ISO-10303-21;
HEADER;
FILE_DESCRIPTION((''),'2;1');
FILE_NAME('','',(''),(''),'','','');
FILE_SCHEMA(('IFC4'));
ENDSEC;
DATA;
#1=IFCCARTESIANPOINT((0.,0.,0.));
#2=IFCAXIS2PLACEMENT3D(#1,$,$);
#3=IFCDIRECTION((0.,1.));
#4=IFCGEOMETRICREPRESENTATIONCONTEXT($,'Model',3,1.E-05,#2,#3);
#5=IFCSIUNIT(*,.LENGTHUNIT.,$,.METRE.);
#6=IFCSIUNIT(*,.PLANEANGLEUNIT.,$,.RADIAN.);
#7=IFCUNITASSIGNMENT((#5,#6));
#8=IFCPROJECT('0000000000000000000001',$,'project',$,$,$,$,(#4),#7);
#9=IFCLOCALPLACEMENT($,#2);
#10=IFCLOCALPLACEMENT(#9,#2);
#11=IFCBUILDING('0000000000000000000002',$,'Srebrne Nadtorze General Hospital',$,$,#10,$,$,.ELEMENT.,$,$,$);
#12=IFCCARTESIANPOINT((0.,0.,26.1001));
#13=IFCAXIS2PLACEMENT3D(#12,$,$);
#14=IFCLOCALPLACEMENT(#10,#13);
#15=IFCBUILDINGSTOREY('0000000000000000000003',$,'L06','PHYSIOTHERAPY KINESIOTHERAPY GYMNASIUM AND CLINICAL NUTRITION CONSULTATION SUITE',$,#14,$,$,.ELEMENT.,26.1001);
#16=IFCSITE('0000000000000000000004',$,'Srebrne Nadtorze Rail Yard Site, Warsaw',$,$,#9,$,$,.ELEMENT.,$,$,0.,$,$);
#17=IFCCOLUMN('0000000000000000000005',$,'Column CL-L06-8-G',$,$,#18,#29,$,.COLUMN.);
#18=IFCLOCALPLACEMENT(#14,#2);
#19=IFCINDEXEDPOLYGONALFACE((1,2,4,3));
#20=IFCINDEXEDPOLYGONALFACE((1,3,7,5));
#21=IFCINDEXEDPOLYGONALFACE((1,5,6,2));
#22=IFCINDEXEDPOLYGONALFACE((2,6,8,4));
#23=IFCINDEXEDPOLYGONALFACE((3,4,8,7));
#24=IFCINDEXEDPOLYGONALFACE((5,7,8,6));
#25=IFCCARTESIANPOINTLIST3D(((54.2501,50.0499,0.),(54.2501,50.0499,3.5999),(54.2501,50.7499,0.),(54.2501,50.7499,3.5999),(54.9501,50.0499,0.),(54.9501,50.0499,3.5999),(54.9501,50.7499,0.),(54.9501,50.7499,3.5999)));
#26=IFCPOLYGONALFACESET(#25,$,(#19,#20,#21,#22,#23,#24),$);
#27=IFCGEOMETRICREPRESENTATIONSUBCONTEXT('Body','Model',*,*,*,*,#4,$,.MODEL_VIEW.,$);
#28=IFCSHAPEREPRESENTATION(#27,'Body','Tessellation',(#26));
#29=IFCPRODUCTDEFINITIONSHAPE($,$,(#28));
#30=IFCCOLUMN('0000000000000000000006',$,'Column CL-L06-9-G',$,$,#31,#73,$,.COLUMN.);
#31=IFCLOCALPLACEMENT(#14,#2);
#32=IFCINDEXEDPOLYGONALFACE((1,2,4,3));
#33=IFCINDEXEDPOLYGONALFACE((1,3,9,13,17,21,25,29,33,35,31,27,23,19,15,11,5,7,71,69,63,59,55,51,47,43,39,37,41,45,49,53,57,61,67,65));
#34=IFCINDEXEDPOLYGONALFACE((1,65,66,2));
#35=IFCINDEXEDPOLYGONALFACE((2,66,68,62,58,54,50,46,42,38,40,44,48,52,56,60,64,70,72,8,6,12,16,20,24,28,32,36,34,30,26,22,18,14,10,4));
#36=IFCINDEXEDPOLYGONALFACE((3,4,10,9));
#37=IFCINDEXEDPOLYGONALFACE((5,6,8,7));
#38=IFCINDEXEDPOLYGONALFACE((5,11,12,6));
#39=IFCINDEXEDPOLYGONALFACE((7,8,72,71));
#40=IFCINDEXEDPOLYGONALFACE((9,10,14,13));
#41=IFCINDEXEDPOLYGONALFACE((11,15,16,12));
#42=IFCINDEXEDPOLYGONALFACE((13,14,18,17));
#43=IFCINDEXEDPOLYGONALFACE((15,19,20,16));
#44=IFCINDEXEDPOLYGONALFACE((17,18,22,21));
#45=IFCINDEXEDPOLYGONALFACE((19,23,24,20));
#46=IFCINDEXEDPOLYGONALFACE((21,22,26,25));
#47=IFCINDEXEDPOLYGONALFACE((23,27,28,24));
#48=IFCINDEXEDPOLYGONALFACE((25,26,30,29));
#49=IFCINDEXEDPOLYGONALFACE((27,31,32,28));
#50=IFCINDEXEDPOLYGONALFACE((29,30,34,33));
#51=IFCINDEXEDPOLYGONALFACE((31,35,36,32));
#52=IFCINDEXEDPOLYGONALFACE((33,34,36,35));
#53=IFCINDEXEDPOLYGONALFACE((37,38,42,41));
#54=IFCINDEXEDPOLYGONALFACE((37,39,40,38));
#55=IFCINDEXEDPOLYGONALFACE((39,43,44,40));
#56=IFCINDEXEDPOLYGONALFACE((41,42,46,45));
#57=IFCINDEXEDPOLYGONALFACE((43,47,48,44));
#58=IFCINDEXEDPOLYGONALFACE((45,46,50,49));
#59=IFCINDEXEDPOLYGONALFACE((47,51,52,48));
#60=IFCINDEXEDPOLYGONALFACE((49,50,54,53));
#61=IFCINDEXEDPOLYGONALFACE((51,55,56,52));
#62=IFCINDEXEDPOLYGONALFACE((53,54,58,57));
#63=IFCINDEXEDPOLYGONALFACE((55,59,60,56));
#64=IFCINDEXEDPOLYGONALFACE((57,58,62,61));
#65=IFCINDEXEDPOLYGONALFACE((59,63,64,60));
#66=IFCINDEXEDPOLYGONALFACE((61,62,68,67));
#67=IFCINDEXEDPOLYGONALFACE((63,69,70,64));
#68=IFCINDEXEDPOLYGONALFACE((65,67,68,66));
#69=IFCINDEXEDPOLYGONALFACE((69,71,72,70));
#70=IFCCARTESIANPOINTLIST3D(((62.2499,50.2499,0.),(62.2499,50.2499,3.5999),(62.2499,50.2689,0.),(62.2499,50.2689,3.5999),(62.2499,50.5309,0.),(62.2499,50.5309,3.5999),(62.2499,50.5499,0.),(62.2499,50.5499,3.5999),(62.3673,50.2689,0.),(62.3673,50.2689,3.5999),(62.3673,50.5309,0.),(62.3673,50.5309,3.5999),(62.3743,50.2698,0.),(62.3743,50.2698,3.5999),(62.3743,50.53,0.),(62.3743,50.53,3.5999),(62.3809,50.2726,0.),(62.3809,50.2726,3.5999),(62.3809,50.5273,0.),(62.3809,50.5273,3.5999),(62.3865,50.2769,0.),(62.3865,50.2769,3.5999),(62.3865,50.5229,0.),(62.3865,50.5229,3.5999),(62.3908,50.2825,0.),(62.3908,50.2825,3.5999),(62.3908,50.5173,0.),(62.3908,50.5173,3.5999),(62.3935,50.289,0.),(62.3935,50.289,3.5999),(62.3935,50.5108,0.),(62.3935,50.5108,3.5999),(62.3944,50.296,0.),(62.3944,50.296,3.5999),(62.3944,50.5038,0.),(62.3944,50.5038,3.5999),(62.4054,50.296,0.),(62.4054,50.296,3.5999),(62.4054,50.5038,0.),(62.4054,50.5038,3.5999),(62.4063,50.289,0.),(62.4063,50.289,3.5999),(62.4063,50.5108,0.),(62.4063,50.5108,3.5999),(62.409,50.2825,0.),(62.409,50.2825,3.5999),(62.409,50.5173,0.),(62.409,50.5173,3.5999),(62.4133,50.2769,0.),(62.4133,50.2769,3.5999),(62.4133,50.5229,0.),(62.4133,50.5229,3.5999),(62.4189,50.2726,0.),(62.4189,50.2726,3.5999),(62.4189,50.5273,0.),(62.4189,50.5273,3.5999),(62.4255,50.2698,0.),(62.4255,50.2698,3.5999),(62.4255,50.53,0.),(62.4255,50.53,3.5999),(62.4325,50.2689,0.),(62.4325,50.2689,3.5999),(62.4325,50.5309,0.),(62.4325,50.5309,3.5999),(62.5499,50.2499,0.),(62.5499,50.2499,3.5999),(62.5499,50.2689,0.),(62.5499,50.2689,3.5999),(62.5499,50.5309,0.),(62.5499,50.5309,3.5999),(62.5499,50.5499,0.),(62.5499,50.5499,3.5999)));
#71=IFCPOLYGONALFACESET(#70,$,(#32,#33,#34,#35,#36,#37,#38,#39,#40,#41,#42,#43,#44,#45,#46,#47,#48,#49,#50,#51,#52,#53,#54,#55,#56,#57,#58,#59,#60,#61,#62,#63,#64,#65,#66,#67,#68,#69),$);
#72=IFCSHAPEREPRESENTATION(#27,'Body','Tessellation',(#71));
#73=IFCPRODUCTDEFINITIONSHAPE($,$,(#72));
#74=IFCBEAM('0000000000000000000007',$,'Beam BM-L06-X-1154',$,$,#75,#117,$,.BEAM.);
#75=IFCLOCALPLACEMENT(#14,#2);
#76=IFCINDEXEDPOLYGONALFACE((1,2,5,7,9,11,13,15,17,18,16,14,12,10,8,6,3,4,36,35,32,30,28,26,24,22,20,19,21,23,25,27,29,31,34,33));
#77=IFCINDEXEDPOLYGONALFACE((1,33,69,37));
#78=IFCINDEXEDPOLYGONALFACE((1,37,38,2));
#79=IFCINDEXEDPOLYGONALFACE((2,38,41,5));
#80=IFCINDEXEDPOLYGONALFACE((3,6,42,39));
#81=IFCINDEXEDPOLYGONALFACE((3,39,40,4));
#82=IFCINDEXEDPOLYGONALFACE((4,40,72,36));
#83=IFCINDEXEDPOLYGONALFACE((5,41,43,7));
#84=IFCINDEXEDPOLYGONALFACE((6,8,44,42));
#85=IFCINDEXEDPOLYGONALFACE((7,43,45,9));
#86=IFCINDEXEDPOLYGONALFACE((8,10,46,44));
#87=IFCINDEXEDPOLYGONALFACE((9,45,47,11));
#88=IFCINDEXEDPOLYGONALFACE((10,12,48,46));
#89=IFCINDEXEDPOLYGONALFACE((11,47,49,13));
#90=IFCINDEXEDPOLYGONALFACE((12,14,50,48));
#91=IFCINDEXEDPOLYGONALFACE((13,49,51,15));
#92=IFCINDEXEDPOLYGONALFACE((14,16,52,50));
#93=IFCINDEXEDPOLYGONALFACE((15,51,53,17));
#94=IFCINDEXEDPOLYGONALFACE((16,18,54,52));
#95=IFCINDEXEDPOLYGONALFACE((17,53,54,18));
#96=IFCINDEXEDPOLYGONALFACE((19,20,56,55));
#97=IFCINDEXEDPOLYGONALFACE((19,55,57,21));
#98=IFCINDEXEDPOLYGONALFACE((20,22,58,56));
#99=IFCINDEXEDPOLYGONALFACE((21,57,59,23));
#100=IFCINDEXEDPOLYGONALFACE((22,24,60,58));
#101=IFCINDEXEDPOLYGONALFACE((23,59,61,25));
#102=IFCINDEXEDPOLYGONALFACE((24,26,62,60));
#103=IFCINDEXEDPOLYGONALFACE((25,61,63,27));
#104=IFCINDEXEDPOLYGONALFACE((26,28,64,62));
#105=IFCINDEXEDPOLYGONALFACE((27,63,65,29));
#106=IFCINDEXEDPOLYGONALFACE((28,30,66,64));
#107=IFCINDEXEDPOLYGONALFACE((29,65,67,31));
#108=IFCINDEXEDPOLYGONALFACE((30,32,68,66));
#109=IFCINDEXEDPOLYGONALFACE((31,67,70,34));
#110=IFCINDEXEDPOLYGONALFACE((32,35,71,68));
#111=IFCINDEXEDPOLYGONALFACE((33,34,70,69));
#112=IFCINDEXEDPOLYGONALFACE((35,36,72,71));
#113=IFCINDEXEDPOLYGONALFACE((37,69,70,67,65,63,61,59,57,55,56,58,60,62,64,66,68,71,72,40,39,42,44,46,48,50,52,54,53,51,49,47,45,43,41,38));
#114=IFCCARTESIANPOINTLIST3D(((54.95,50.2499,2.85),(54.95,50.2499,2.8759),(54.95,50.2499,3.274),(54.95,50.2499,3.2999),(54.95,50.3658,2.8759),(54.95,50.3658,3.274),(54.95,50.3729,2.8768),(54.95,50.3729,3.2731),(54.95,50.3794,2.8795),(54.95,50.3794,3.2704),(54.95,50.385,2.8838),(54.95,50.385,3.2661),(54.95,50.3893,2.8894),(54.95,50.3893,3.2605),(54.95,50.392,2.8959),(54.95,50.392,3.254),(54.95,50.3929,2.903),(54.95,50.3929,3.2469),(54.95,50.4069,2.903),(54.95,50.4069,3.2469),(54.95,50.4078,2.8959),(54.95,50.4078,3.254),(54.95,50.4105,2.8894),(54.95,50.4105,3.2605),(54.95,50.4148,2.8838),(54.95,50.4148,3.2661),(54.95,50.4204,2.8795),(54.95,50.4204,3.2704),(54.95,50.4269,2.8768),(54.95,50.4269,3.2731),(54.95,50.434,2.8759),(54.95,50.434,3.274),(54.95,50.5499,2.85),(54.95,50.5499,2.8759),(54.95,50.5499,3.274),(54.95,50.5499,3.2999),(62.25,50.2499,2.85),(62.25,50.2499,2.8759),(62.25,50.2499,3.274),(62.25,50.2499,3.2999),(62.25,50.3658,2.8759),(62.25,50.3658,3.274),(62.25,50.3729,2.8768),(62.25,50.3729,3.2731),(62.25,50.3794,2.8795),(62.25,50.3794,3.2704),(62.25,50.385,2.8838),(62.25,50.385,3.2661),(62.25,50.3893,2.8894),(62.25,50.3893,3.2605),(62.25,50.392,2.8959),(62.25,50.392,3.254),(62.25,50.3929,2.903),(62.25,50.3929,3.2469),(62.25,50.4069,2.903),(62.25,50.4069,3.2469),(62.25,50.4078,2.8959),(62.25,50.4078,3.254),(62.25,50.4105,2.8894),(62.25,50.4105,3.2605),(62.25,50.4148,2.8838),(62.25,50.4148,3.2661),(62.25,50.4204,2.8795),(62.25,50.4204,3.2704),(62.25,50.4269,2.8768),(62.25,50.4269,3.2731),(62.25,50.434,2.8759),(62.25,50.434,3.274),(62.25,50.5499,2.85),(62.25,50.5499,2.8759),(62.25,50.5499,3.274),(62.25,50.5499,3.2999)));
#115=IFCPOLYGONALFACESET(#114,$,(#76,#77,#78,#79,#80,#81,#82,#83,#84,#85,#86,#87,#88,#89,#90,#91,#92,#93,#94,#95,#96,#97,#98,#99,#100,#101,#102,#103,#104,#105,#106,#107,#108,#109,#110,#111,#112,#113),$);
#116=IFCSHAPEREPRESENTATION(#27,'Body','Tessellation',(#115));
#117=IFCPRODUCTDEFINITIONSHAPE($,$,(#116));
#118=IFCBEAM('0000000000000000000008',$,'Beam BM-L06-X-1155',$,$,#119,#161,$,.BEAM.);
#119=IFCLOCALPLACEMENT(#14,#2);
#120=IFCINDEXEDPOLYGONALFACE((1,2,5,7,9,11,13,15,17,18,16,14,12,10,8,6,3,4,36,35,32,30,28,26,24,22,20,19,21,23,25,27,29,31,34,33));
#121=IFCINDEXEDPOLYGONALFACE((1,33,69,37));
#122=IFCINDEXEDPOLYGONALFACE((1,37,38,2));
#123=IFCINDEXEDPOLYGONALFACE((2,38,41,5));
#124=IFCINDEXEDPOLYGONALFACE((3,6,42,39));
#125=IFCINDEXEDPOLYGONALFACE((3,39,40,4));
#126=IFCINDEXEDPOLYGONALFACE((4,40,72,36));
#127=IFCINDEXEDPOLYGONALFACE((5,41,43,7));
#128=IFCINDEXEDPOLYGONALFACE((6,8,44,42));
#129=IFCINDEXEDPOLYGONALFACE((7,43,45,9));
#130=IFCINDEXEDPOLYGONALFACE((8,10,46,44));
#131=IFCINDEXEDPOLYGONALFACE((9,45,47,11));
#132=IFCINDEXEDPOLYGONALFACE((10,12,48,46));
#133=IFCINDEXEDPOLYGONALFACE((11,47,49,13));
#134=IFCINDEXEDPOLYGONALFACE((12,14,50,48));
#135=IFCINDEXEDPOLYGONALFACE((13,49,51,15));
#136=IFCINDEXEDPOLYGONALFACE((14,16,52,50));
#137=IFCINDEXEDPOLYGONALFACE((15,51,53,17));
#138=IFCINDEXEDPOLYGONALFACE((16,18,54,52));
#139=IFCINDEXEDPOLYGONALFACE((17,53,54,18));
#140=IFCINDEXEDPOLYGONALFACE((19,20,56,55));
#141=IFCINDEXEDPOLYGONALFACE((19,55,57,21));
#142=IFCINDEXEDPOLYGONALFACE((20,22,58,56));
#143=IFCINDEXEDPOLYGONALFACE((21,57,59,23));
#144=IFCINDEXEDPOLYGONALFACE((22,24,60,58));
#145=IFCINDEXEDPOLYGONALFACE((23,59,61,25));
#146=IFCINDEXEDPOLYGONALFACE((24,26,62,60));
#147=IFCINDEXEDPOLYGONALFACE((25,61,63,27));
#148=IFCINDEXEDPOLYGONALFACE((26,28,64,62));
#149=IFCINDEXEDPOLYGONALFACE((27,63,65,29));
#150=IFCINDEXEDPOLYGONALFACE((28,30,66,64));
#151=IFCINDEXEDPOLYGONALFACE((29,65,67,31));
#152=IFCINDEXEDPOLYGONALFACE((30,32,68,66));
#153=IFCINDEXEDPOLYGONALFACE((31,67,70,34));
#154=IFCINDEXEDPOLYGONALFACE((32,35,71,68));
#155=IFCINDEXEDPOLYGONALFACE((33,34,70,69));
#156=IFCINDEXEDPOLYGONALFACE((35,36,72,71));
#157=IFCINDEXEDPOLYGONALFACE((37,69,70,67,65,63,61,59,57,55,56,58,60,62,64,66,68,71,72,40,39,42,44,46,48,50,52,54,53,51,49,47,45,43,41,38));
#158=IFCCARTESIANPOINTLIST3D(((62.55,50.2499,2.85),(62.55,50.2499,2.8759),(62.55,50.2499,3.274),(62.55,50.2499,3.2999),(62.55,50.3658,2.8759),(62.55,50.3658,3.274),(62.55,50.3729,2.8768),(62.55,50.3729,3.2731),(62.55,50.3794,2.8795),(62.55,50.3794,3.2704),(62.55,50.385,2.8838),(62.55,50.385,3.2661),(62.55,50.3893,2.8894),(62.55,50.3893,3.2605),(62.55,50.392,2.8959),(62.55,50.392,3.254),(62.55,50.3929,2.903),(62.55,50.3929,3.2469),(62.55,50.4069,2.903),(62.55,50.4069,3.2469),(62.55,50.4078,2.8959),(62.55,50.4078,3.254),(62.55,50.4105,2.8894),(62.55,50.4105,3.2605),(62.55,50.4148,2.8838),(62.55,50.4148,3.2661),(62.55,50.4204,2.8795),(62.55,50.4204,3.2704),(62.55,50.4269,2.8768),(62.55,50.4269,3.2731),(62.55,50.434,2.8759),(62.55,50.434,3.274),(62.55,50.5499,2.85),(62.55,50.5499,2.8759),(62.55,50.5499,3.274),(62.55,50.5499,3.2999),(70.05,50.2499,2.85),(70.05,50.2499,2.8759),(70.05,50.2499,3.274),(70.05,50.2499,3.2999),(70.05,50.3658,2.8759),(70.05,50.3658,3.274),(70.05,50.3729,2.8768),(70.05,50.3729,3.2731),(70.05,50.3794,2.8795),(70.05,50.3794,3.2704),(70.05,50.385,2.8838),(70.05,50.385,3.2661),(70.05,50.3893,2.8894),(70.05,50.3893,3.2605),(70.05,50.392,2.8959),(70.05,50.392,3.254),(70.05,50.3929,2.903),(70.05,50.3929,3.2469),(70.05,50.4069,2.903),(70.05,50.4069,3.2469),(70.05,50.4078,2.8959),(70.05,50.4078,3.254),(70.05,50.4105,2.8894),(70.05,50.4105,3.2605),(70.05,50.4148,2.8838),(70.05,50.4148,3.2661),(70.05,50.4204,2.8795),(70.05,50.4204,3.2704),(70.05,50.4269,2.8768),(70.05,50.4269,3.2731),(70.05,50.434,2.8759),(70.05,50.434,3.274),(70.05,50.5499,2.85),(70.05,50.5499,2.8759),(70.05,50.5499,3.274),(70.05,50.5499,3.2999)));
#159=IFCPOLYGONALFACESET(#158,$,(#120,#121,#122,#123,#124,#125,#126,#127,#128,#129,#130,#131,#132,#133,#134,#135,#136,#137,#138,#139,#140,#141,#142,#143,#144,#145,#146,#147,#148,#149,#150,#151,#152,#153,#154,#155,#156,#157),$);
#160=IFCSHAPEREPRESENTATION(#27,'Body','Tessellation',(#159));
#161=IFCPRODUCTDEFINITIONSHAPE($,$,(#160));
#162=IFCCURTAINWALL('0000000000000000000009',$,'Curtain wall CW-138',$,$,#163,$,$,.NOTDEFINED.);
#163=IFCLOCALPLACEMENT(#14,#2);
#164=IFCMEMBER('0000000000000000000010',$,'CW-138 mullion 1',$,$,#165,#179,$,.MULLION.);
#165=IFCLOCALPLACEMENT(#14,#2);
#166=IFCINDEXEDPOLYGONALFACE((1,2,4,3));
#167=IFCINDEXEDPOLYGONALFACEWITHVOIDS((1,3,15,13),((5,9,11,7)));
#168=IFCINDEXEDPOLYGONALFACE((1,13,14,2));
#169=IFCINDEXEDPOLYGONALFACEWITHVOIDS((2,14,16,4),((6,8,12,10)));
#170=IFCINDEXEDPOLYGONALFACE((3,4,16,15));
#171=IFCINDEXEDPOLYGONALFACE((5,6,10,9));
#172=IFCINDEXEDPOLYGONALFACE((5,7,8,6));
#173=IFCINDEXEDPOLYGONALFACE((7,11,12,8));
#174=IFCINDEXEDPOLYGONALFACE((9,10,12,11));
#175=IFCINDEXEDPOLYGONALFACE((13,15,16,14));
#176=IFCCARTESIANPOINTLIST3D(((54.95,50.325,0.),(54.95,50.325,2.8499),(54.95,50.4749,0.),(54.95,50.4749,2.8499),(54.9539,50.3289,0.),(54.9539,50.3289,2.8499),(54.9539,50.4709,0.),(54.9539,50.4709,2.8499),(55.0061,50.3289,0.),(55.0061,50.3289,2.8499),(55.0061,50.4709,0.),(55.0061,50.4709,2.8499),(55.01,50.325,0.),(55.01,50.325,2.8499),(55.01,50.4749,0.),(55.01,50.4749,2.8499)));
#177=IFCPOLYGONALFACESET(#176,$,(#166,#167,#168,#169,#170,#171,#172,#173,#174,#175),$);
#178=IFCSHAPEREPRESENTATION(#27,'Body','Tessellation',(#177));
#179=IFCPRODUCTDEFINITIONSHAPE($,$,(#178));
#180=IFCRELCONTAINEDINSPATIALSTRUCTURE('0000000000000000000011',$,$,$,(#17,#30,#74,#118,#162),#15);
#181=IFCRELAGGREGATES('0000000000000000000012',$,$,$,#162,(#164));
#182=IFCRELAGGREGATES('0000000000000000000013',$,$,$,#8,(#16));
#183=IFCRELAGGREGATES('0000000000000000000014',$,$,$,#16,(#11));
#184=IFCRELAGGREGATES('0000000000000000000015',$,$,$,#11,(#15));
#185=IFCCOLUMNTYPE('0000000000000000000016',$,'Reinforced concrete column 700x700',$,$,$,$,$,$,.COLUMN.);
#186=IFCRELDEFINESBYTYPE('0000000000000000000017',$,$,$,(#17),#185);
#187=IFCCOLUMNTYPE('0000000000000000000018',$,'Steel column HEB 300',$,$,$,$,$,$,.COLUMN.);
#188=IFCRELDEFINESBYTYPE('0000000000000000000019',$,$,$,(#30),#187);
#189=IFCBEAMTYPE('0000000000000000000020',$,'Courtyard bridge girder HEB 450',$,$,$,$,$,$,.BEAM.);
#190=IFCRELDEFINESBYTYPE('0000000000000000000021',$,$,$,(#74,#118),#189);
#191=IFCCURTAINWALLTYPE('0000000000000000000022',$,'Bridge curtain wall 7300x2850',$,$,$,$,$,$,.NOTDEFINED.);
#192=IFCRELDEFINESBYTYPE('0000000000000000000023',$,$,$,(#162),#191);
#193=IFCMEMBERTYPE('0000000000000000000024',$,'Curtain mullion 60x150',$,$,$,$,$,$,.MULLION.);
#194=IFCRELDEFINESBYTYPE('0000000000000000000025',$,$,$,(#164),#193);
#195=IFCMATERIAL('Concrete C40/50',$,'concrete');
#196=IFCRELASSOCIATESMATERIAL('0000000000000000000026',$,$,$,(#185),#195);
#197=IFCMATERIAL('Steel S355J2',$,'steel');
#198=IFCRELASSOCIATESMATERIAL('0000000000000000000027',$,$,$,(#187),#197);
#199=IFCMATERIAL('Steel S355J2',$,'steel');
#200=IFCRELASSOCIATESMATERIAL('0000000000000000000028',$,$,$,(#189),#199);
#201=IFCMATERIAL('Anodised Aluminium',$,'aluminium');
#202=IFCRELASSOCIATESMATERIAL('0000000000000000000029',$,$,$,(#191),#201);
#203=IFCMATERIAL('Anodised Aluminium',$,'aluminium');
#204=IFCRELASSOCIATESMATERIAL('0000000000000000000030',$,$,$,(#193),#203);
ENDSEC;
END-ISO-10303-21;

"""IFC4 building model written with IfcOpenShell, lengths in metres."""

from ifc_helpers import new_model, si_unit, direction, frame, origin, origin_2d, place, context, subcontext, project, spatial, rectangle, hollow_rectangle, i_section, extrude, material, material_profile, profile_set, type_object, element, aggregate, save


model = new_model("IFC4")

# Units and contexts
model_context = context("Model", 3, precision=1e-05, world=origin(), true_north=direction((0.0, 1.0)))
body_context = subcontext(model_context, "Body", "Model", "MODEL_VIEW")
ifc_project = project(units=[si_unit("LENGTHUNIT", "METRE"), si_unit("PLANEANGLEUNIT", "RADIAN")], contexts=[model_context])

# Site, building, storey
site_placement = place(None, origin())
site = spatial("IfcSite", under=ifc_project, at=site_placement, Name="Srebrne Nadtorze Rail Yard Site, Warsaw", CompositionType="ELEMENT", RefElevation=0.0)
building_placement = place(site_placement, origin())
building = spatial("IfcBuilding", under=site, at=building_placement, Name="Srebrne Nadtorze General Hospital", CompositionType="ELEMENT")
storey_placement = place(building_placement, frame((0.0, 0.0, 26.1001)))
storey = spatial("IfcBuildingStorey", under=building, at=storey_placement, Name="L06", Description="PHYSIOTHERAPY KINESIOTHERAPY GYMNASIUM AND CLINICAL NUTRITION CONSULTATION SUITE", CompositionType="ELEMENT", Elevation=26.1001)

# Columns
ifc_material_1 = material(Name="Concrete C40/50", Category="concrete")
ifc_material_profile_1 = material_profile(ifc_material_1, rectangle(XDim=0.7, YDim=0.7, at=origin_2d()), Name="RC-COL-700x700")
ifc_profile_set_1 = profile_set([ifc_material_profile_1], Name="Concrete C40/50")
column_type_1 = type_object("IfcColumnType", Name="Reinforced concrete column 700x700", PredefinedType="COLUMN", material=ifc_profile_set_1)
column_1_placement = place(storey_placement, frame((54.6001, 50.3999, 0.0), z_axis=(0.0, 0.0, 1.0), x_axis=(1.0, 0.0, 0.0)))
element("IfcColumn", 1, at=column_1_placement, inside=storey, type_object=column_type_1, Name="Column CL-L06-8-G", PredefinedType="COLUMN", context=body_context, shape_type="SweptSolid", body=[
    extrude(rectangle(XDim=0.7, YDim=0.7, at=origin_2d()), origin(), (0.0, 0.0, 1.0), 3.5999),
])
ifc_material_2 = material(Name="Steel S355J2", Category="steel")
ifc_material_profile_2 = material_profile(ifc_material_2, i_section(OverallWidth=0.3, OverallDepth=0.3, WebThickness=0.011, FlangeThickness=0.019, FilletRadius=0.0271, at=origin_2d()), Name="HEB-300")
ifc_profile_set_2 = profile_set([ifc_material_profile_2], Name="Steel S355J2")
column_type_2 = type_object("IfcColumnType", Name="Steel column HEB 300", PredefinedType="COLUMN", material=ifc_profile_set_2)
column_2_placement = place(storey_placement, frame((62.3999, 50.3999, 0.0), z_axis=(0.0, 0.0, 1.0), x_axis=(1.0, 0.0, 0.0)))
element("IfcColumn", 2, at=column_2_placement, inside=storey, type_object=column_type_2, Name="Column CL-L06-9-G", PredefinedType="COLUMN", context=body_context, shape_type="SweptSolid", body=[
    extrude(i_section(OverallWidth=0.3, OverallDepth=0.3, WebThickness=0.011, FlangeThickness=0.019, FilletRadius=0.0271, at=origin_2d()), origin(), (0.0, 0.0, 1.0), 3.5999),
])

# Beams
ifc_material_3 = material(Name="Steel S355J2", Category="steel")
ifc_material_profile_3 = material_profile(ifc_material_3, i_section(OverallWidth=0.3, OverallDepth=0.45, WebThickness=0.0139, FlangeThickness=0.0259, FilletRadius=0.0271, at=origin_2d()), Name="HEB-450")
ifc_profile_set_3 = profile_set([ifc_material_profile_3], Name="Steel S355J2")
beam_type_1 = type_object("IfcBeamType", Name="Courtyard bridge girder HEB 450", PredefinedType="BEAM", material=ifc_profile_set_3)
beam_1_placement = place(storey_placement, frame((54.95, 50.3999, 3.075), z_axis=(1.0, 0.0, 0.0), x_axis=(0.0, 1.0, 0.0)))
element("IfcBeam", 3, at=beam_1_placement, inside=storey, type_object=beam_type_1, Name="Beam BM-L06-X-1154", PredefinedType="BEAM", context=body_context, shape_type="SweptSolid", body=[
    extrude(i_section(OverallWidth=0.3, OverallDepth=0.45, WebThickness=0.0139, FlangeThickness=0.0259, FilletRadius=0.0271, at=origin_2d()), origin(), (0.0, 0.0, 1.0), 7.3),
])
beam_2_placement = place(storey_placement, frame((62.55, 50.3999, 3.075), z_axis=(1.0, 0.0, 0.0), x_axis=(0.0, 1.0, 0.0)))
element("IfcBeam", 4, at=beam_2_placement, inside=storey, type_object=beam_type_1, Name="Beam BM-L06-X-1155", PredefinedType="BEAM", context=body_context, shape_type="SweptSolid", body=[
    extrude(i_section(OverallWidth=0.3, OverallDepth=0.45, WebThickness=0.0139, FlangeThickness=0.0259, FilletRadius=0.0271, at=origin_2d()), origin(), (0.0, 0.0, 1.0), 7.5),
])

# Curtain wall, member
ifc_material_4 = material(Name="Anodised Aluminium", Category="aluminium")
curtain_wall_type_1 = type_object("IfcCurtainWallType", Name="Bridge curtain wall 7300x2850", PredefinedType="NOTDEFINED", material=ifc_material_4)
curtain_wall_1_placement = place(storey_placement, origin())
curtain_wall_1 = element("IfcCurtainWall", 5, at=curtain_wall_1_placement, inside=storey, type_object=curtain_wall_type_1, Name="Curtain wall CW-138", PredefinedType="NOTDEFINED")
ifc_material_5 = material(Name="Anodised Aluminium", Category="aluminium")
ifc_material_profile_4 = material_profile(ifc_material_5, hollow_rectangle(XDim=0.0601, YDim=0.1499, WallThickness=0.0039, at=origin_2d()), Name="AL-MUL-60x150")
ifc_profile_set_4 = profile_set([ifc_material_profile_4], Name="Anodised Aluminium")
member_type_1 = type_object("IfcMemberType", Name="Curtain mullion 60x150", PredefinedType="MULLION", material=ifc_profile_set_4)
member_1_placement = place(storey_placement, frame((54.98, 50.3999, 0.0), z_axis=(0.0, 0.0, 1.0), x_axis=(1.0, 0.0, 0.0)))
member_1 = element("IfcMember", 6, at=member_1_placement, type_object=member_type_1, Name="CW-138 mullion 1", PredefinedType="MULLION", context=body_context, shape_type="SweptSolid", body=[
    extrude(hollow_rectangle(XDim=0.0601, YDim=0.1499, WallThickness=0.0039, at=origin_2d()), origin(), (0.0, 0.0, 1.0), 2.8499),
])

aggregate(curtain_wall_1, [member_1])

save(model, "model.ifc")
